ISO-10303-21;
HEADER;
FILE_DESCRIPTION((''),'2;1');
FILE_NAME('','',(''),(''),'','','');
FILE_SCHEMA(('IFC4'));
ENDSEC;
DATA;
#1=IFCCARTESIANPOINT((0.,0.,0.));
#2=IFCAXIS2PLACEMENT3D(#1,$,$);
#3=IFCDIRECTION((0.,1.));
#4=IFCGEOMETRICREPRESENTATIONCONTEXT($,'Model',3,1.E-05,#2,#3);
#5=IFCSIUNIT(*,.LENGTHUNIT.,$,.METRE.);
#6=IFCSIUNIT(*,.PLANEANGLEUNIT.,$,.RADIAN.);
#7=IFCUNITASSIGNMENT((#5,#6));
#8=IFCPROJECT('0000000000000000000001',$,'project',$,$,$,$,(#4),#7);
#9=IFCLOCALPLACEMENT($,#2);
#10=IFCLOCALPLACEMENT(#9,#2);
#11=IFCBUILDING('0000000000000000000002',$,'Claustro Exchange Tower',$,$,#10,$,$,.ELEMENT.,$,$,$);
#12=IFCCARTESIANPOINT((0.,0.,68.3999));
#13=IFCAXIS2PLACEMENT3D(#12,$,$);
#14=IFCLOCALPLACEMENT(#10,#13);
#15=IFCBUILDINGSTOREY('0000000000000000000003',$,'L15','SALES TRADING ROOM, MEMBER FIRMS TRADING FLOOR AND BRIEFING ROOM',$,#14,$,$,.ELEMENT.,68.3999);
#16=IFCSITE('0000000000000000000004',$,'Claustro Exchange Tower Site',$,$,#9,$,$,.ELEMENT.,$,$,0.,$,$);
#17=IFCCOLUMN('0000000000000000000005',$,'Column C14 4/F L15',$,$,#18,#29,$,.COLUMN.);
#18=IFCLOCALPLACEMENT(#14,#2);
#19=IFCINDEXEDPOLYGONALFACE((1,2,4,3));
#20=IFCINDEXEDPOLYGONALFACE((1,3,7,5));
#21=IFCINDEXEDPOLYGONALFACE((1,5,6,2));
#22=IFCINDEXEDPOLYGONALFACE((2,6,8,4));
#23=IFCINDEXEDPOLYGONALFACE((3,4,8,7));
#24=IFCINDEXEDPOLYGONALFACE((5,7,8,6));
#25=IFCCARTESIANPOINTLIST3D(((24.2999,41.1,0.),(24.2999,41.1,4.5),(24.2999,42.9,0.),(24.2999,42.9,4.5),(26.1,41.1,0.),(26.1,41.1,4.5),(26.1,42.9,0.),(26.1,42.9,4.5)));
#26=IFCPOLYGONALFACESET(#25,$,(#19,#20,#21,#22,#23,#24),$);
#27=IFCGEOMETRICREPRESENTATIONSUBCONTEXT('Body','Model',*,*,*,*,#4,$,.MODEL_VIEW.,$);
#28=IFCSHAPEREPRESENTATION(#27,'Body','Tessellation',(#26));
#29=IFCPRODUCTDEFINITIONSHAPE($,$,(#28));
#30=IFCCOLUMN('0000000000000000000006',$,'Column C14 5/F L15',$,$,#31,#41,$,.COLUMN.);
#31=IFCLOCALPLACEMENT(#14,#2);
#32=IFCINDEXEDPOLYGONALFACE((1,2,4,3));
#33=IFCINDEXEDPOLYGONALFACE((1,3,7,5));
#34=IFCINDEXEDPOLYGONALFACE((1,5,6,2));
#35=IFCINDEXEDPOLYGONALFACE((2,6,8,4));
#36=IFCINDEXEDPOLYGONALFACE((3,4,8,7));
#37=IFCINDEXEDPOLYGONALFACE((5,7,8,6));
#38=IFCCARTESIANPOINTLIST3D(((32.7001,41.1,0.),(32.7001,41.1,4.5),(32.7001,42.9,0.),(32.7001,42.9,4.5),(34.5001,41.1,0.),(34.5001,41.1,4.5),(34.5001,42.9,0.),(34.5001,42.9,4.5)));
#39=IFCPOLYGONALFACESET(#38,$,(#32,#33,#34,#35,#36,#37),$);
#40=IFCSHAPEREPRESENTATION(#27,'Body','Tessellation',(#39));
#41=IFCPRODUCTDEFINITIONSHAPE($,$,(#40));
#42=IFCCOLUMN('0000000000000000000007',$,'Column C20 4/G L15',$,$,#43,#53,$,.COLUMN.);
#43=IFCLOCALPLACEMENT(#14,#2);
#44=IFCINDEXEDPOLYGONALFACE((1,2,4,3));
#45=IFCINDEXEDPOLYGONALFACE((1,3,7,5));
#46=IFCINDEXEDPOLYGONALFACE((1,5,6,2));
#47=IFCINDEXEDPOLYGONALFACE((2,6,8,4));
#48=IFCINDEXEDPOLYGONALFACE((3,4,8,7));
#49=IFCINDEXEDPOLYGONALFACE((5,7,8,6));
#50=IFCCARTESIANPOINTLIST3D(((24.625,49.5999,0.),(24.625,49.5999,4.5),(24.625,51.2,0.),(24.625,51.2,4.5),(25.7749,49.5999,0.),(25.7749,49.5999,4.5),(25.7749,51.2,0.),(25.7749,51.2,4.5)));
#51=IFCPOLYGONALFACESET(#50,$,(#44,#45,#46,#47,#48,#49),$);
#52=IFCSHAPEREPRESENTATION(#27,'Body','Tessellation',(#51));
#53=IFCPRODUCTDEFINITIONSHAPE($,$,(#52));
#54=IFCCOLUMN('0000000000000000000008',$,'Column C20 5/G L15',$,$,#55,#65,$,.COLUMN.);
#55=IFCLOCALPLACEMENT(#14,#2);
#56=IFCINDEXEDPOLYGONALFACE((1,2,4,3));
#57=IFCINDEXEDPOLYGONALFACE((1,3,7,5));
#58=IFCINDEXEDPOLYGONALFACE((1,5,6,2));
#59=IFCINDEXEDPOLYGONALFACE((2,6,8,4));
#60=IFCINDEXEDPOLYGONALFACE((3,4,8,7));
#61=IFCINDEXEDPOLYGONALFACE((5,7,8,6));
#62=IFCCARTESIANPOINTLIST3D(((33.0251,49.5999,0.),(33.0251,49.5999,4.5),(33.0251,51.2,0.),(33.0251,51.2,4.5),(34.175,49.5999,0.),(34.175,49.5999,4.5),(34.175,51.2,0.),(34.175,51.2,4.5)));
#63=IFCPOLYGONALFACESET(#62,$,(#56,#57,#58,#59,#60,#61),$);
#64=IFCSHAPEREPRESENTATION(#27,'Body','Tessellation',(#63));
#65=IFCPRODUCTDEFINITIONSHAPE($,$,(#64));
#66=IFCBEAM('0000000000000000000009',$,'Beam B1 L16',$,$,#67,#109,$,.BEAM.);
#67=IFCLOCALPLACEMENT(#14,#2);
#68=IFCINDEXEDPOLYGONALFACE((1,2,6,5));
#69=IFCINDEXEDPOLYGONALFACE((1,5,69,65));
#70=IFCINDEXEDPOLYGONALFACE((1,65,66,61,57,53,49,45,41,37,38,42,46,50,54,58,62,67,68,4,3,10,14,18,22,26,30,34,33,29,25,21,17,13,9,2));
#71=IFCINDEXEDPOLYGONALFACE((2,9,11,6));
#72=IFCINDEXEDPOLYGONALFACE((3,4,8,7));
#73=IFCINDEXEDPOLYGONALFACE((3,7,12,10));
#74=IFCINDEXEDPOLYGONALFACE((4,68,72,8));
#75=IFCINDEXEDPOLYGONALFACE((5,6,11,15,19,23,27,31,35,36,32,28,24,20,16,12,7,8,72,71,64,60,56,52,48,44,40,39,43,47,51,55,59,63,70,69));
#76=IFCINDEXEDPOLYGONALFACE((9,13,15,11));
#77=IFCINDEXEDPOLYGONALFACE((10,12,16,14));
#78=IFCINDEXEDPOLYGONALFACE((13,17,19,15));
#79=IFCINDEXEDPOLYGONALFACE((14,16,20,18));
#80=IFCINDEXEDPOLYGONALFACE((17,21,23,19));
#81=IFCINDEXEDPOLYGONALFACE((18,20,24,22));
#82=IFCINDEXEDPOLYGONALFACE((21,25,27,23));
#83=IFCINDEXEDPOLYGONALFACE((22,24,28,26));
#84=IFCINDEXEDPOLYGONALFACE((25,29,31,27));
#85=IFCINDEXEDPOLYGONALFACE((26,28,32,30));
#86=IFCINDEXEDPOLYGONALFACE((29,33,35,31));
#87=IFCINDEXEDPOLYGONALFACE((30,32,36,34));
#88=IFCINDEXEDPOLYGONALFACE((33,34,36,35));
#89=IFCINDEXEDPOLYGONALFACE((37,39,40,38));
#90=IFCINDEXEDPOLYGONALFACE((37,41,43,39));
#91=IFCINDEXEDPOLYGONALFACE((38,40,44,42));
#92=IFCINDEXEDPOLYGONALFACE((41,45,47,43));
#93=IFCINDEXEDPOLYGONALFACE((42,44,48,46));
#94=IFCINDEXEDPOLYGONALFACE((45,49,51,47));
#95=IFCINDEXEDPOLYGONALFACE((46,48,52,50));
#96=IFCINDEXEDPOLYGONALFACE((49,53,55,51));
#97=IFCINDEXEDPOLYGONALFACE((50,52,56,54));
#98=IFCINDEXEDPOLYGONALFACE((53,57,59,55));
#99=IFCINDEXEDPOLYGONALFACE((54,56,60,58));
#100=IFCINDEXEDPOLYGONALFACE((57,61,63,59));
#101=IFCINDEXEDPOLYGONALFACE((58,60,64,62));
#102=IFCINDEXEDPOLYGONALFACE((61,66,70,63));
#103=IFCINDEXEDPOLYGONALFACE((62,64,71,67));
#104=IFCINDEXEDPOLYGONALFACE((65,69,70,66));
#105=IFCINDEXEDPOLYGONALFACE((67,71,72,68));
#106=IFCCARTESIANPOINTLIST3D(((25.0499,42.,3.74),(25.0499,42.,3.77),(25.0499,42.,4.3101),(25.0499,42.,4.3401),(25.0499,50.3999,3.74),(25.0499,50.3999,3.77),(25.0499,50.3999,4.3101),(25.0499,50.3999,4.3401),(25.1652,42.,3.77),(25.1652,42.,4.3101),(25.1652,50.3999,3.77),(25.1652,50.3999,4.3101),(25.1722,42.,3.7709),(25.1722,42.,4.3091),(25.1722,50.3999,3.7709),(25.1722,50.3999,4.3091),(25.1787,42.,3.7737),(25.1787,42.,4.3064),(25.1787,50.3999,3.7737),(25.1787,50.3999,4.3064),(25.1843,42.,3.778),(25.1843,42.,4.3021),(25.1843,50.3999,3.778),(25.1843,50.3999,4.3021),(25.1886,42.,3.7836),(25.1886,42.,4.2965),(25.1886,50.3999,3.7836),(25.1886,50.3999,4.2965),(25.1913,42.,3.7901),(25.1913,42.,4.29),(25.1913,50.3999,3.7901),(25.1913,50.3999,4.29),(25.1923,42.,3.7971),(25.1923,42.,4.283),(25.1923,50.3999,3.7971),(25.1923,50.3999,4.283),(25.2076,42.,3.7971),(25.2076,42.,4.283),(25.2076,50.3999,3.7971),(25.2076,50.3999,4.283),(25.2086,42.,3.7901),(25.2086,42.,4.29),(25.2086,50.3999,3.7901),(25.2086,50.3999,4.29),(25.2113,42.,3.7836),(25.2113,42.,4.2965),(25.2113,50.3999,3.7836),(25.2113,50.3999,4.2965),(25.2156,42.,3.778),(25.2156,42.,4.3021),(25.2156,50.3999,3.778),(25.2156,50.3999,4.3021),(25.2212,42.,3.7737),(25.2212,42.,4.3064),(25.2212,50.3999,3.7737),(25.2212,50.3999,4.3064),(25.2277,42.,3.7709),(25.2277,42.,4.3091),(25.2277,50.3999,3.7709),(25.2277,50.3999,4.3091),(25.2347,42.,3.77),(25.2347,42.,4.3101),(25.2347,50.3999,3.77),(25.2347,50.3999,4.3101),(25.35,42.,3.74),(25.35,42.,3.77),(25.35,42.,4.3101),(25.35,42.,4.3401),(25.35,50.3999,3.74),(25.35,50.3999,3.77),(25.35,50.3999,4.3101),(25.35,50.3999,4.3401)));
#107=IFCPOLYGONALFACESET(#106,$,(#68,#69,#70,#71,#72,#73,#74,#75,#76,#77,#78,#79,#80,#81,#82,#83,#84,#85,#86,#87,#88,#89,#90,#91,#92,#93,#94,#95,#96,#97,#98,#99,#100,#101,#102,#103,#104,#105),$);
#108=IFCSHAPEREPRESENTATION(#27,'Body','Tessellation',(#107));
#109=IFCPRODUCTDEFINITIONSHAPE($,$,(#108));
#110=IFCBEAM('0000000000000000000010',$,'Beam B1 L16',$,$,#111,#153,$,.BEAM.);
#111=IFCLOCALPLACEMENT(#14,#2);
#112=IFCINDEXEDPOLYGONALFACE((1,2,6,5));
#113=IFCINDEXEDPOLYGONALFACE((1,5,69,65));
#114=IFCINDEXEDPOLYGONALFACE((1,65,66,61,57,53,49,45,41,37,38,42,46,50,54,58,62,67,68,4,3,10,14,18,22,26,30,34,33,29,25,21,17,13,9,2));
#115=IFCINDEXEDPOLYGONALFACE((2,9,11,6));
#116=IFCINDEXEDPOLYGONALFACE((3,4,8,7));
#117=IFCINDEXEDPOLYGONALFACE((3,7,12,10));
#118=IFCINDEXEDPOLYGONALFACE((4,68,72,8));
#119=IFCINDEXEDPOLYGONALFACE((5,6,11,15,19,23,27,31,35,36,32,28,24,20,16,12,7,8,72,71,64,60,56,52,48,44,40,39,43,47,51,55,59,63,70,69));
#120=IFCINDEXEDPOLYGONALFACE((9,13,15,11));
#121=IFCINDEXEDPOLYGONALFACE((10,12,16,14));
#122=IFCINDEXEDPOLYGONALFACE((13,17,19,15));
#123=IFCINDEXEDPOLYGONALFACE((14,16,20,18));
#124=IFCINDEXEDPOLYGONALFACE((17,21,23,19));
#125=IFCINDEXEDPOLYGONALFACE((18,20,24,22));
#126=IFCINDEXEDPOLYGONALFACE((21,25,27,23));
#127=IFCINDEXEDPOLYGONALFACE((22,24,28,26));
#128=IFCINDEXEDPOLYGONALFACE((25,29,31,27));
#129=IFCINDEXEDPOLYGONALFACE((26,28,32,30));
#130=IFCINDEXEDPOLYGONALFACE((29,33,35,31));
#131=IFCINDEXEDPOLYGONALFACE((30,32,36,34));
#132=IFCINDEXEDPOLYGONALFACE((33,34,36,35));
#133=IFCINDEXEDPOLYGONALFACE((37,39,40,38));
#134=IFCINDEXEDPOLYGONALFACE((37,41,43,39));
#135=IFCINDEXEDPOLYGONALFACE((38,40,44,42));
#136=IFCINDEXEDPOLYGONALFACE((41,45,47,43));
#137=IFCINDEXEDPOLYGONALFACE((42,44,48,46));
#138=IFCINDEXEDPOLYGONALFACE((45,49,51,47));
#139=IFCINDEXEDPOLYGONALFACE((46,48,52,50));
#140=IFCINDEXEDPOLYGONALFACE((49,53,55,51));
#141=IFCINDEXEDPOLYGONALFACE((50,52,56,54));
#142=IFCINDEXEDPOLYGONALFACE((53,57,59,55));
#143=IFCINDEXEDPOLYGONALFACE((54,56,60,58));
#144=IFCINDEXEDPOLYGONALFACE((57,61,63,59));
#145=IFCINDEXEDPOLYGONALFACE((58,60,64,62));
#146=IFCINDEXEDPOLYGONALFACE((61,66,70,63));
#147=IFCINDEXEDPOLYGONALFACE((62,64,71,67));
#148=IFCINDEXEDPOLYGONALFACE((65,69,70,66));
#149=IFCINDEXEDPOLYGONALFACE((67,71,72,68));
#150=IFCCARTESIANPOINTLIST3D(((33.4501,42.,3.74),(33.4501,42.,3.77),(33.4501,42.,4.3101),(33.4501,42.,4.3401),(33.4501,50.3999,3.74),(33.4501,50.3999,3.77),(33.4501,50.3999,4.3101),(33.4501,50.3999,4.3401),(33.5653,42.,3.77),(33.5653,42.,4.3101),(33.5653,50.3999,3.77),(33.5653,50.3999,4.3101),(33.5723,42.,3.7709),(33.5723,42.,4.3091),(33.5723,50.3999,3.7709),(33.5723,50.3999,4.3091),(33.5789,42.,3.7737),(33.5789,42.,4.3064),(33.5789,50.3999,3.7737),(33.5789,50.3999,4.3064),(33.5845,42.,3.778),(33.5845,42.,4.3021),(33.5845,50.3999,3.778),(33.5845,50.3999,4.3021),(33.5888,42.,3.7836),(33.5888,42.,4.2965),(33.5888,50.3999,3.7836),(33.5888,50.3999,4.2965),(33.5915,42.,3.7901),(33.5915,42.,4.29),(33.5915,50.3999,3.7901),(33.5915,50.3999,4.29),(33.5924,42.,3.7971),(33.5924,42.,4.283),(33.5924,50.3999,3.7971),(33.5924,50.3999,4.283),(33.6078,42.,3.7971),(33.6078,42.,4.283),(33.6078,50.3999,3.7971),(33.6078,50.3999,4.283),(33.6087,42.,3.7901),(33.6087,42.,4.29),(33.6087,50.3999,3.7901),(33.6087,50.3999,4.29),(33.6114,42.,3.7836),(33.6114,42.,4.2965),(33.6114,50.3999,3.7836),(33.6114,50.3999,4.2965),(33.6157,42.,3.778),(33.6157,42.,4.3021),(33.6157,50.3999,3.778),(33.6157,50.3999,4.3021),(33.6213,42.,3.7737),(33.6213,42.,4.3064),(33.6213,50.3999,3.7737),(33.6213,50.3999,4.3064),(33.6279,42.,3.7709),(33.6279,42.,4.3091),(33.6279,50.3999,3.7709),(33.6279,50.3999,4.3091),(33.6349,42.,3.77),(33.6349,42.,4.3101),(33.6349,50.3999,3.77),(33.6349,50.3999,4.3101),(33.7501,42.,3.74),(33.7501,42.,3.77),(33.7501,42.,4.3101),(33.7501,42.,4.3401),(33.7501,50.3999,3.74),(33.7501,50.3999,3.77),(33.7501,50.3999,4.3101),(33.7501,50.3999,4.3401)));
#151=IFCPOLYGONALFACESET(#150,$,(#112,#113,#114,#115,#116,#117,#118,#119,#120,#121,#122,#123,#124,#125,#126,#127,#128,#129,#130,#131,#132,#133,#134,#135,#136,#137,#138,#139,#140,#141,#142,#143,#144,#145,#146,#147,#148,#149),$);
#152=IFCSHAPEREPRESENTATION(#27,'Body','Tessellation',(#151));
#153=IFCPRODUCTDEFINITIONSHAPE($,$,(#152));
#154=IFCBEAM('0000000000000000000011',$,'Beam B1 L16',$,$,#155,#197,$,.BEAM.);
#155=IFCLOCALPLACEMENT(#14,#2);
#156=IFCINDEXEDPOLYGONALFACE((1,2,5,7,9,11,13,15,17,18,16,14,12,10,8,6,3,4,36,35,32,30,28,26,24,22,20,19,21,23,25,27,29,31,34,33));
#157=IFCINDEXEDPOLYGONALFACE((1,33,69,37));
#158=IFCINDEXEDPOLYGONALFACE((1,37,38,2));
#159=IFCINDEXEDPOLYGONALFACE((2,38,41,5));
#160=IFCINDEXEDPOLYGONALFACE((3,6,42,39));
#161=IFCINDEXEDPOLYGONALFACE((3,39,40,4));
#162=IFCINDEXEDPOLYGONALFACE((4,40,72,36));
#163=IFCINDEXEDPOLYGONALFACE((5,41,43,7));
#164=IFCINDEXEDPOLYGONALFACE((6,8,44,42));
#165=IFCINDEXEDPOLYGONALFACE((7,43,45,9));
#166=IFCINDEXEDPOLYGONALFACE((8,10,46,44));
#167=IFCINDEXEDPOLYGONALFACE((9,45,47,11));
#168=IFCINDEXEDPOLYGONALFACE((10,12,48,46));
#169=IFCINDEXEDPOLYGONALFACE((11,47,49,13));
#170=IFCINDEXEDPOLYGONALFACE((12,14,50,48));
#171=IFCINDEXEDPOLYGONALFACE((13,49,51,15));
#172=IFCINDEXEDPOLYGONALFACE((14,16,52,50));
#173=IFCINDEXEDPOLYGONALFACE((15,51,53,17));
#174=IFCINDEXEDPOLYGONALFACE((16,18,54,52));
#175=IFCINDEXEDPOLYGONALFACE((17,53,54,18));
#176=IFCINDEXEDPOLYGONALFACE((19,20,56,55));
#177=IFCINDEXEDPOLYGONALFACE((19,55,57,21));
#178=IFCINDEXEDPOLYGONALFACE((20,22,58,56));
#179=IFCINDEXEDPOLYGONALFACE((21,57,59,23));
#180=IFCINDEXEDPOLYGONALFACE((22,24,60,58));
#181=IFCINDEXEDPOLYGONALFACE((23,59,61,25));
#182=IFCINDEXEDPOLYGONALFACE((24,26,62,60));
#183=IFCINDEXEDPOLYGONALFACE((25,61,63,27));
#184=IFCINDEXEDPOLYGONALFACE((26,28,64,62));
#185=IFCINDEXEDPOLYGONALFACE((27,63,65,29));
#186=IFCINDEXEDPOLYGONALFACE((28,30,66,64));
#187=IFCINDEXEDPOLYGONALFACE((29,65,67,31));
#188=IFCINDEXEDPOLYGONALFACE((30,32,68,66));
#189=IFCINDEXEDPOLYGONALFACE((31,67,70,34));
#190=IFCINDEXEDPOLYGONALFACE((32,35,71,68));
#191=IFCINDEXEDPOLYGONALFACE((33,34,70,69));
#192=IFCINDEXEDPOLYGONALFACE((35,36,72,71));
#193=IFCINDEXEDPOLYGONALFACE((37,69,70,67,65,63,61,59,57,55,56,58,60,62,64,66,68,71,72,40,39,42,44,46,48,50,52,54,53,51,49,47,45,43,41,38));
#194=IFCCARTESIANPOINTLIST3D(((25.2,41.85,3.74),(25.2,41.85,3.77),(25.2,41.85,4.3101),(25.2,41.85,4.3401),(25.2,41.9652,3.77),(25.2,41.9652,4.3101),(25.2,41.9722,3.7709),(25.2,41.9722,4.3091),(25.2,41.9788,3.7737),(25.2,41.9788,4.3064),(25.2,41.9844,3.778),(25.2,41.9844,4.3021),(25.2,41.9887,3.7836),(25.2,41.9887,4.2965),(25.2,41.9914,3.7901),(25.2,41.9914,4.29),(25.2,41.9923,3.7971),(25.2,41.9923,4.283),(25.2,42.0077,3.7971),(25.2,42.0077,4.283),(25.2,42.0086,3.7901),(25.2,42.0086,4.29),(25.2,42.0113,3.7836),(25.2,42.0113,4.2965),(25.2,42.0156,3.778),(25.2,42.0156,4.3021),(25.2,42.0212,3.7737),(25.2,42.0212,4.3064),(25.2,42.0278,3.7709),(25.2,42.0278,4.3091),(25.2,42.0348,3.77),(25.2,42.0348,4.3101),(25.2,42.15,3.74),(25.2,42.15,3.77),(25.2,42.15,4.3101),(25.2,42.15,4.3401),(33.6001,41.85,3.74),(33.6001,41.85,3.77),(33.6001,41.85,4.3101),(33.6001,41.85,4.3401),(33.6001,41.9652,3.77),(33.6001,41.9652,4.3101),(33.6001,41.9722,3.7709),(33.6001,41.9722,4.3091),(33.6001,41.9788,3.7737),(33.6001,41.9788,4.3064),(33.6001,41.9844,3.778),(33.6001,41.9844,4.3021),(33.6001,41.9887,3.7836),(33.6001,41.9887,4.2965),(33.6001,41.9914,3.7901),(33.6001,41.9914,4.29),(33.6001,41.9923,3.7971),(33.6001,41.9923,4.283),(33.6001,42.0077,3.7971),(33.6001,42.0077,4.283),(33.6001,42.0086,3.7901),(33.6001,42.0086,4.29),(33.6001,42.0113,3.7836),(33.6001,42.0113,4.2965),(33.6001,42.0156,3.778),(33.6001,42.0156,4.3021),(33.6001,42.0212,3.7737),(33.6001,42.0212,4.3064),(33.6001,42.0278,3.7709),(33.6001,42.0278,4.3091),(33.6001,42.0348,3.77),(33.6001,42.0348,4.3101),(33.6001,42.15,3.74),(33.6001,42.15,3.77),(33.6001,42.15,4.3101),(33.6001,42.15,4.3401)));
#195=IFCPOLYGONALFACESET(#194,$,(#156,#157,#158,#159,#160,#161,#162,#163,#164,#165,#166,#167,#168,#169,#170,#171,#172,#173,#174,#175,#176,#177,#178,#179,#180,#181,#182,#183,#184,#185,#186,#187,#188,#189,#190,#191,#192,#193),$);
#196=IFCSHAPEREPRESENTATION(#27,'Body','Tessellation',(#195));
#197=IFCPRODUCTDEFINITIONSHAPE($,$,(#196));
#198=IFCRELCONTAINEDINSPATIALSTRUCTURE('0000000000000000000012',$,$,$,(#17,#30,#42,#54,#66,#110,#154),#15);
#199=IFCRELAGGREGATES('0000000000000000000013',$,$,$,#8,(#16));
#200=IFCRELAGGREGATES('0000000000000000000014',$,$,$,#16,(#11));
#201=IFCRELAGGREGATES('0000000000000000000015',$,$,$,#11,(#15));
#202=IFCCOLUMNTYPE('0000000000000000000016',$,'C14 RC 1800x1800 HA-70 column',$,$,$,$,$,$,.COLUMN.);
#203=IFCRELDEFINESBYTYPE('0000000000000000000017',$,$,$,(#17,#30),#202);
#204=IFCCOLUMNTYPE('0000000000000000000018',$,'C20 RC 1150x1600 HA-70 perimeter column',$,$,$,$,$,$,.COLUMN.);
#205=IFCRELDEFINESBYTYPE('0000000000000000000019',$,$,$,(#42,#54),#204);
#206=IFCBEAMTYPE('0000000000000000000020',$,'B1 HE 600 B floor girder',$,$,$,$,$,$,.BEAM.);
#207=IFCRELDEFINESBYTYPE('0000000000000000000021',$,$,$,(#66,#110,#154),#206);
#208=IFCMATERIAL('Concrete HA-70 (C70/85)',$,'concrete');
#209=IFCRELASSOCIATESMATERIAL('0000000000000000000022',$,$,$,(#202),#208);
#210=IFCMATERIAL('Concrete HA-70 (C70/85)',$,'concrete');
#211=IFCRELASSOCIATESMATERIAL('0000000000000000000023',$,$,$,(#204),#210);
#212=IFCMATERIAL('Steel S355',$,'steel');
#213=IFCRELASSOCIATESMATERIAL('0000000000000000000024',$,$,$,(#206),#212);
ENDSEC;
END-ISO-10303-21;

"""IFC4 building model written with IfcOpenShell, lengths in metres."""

from ifc_helpers import new_model, si_unit, direction, frame, origin, origin_2d, place, context, subcontext, project, spatial, rectangle, i_section, extrude, material, material_profile, profile_set, type_object, element, save


model = new_model("IFC4")

# Units and contexts
model_context = context("Model", 3, precision=1e-05, world=origin(), true_north=direction((0.0, 1.0)))
body_context = subcontext(model_context, "Body", "Model", "MODEL_VIEW")
ifc_project = project(units=[si_unit("LENGTHUNIT", "METRE"), si_unit("PLANEANGLEUNIT", "RADIAN")], contexts=[model_context])

# Site, building, storey
site_placement = place(None, origin())
site = spatial("IfcSite", under=ifc_project, at=site_placement, Name="Claustro Exchange Tower Site", CompositionType="ELEMENT", RefElevation=0.0)
building_placement = place(site_placement, origin())
building = spatial("IfcBuilding", under=site, at=building_placement, Name="Claustro Exchange Tower", CompositionType="ELEMENT")
storey_placement = place(building_placement, frame((0.0, 0.0, 68.3999)))
storey = spatial("IfcBuildingStorey", under=building, at=storey_placement, Name="L15", Description="SALES TRADING ROOM, MEMBER FIRMS TRADING FLOOR AND BRIEFING ROOM", CompositionType="ELEMENT", Elevation=68.3999)

# Columns
ifc_material_1 = material(Name="Concrete HA-70 (C70/85)", Category="concrete")
ifc_material_profile_1 = material_profile(ifc_material_1, rectangle(XDim=1.8, YDim=1.8, at=origin_2d()), Name="RC 1800x1800")
ifc_profile_set_1 = profile_set([ifc_material_profile_1], Name="Concrete HA-70 (C70/85)")
column_type_1 = type_object("IfcColumnType", Name="C14 RC 1800x1800 HA-70 column", PredefinedType="COLUMN", material=ifc_profile_set_1)
for number, where, z_axis, x_axis, name in (
    (1, (25.2, 42.0, 0.0), (0.0, 0.0, 1.0), (1.0, 0.0, 0.0), "Column C14 4/F L15"),
    (2, (33.6001, 42.0, 0.0), (0.0, 0.0, 1.0), (1.0, 0.0, 0.0), "Column C14 5/F L15"),
):
    element("IfcColumn", number, at=place(storey_placement, frame(where, z_axis=z_axis, x_axis=x_axis)), inside=storey, type_object=column_type_1, Name=name, PredefinedType="COLUMN", context=body_context, shape_type="SweptSolid", body=[
        extrude(rectangle(XDim=1.8, YDim=1.8, at=origin_2d()), origin(), (0.0, 0.0, 1.0), 4.5),
    ])
ifc_material_2 = material(Name="Concrete HA-70 (C70/85)", Category="concrete")
ifc_material_profile_2 = material_profile(ifc_material_2, rectangle(XDim=1.1499, YDim=1.6001, at=origin_2d()), Name="RC 1150x1600")
ifc_profile_set_2 = profile_set([ifc_material_profile_2], Name="Concrete HA-70 (C70/85)")
column_type_2 = type_object("IfcColumnType", Name="C20 RC 1150x1600 HA-70 perimeter column", PredefinedType="COLUMN", material=ifc_profile_set_2)
for number, where, z_axis, x_axis, name in (
    (3, (25.2, 50.3999, 0.0), (0.0, 0.0, 1.0), (1.0, 0.0, 0.0), "Column C20 4/G L15"),
    (4, (33.6001, 50.3999, 0.0), (0.0, 0.0, 1.0), (1.0, 0.0, 0.0), "Column C20 5/G L15"),
):
    element("IfcColumn", number, at=place(storey_placement, frame(where, z_axis=z_axis, x_axis=x_axis)), inside=storey, type_object=column_type_2, Name=name, PredefinedType="COLUMN", context=body_context, shape_type="SweptSolid", body=[
        extrude(rectangle(XDim=1.1499, YDim=1.6001, at=origin_2d()), origin(), (0.0, 0.0, 1.0), 4.5),
    ])

# Beams
ifc_material_3 = material(Name="Steel S355", Category="steel")
ifc_material_profile_3 = material_profile(ifc_material_3, i_section(OverallWidth=0.3, OverallDepth=0.6001, WebThickness=0.0154, FlangeThickness=0.03, FilletRadius=0.0271, at=origin_2d()), Name="HE 600 B")
ifc_profile_set_3 = profile_set([ifc_material_profile_3], Name="Steel S355")
beam_type_1 = type_object("IfcBeamType", Name="B1 HE 600 B floor girder", PredefinedType="BEAM", material=ifc_profile_set_3)
for number, where, z_axis, x_axis, name in (
    (5, (25.2, 42.0, 4.04), (0.0, 1.0, 0.0), (-1.0, 0.0, 0.0), "Beam B1 L16"),
    (6, (33.6001, 42.0, 4.04), (0.0, 1.0, 0.0), (-1.0, 0.0, 0.0), "Beam B1 L16"),
):
    element("IfcBeam", number, at=place(storey_placement, frame(where, z_axis=z_axis, x_axis=x_axis)), inside=storey, type_object=beam_type_1, Name=name, PredefinedType="BEAM", context=body_context, shape_type="SweptSolid", body=[
        extrude(i_section(OverallWidth=0.3, OverallDepth=0.6001, WebThickness=0.0154, FlangeThickness=0.03, FilletRadius=0.0271, at=origin_2d()), origin(), (0.0, 0.0, 1.0), 8.3999),
    ])
beam_1_placement = place(storey_placement, frame((25.2, 42.0, 4.04), z_axis=(1.0, 0.0, 0.0), x_axis=(0.0, 1.0, 0.0)))
element("IfcBeam", 7, at=beam_1_placement, inside=storey, type_object=beam_type_1, Name="Beam B1 L16", PredefinedType="BEAM", context=body_context, shape_type="SweptSolid", body=[
    extrude(i_section(OverallWidth=0.3, OverallDepth=0.6001, WebThickness=0.0154, FlangeThickness=0.03, FilletRadius=0.0271, at=origin_2d()), origin(), (0.0, 0.0, 1.0), 8.4001),
])

save(model, "model.ifc")
